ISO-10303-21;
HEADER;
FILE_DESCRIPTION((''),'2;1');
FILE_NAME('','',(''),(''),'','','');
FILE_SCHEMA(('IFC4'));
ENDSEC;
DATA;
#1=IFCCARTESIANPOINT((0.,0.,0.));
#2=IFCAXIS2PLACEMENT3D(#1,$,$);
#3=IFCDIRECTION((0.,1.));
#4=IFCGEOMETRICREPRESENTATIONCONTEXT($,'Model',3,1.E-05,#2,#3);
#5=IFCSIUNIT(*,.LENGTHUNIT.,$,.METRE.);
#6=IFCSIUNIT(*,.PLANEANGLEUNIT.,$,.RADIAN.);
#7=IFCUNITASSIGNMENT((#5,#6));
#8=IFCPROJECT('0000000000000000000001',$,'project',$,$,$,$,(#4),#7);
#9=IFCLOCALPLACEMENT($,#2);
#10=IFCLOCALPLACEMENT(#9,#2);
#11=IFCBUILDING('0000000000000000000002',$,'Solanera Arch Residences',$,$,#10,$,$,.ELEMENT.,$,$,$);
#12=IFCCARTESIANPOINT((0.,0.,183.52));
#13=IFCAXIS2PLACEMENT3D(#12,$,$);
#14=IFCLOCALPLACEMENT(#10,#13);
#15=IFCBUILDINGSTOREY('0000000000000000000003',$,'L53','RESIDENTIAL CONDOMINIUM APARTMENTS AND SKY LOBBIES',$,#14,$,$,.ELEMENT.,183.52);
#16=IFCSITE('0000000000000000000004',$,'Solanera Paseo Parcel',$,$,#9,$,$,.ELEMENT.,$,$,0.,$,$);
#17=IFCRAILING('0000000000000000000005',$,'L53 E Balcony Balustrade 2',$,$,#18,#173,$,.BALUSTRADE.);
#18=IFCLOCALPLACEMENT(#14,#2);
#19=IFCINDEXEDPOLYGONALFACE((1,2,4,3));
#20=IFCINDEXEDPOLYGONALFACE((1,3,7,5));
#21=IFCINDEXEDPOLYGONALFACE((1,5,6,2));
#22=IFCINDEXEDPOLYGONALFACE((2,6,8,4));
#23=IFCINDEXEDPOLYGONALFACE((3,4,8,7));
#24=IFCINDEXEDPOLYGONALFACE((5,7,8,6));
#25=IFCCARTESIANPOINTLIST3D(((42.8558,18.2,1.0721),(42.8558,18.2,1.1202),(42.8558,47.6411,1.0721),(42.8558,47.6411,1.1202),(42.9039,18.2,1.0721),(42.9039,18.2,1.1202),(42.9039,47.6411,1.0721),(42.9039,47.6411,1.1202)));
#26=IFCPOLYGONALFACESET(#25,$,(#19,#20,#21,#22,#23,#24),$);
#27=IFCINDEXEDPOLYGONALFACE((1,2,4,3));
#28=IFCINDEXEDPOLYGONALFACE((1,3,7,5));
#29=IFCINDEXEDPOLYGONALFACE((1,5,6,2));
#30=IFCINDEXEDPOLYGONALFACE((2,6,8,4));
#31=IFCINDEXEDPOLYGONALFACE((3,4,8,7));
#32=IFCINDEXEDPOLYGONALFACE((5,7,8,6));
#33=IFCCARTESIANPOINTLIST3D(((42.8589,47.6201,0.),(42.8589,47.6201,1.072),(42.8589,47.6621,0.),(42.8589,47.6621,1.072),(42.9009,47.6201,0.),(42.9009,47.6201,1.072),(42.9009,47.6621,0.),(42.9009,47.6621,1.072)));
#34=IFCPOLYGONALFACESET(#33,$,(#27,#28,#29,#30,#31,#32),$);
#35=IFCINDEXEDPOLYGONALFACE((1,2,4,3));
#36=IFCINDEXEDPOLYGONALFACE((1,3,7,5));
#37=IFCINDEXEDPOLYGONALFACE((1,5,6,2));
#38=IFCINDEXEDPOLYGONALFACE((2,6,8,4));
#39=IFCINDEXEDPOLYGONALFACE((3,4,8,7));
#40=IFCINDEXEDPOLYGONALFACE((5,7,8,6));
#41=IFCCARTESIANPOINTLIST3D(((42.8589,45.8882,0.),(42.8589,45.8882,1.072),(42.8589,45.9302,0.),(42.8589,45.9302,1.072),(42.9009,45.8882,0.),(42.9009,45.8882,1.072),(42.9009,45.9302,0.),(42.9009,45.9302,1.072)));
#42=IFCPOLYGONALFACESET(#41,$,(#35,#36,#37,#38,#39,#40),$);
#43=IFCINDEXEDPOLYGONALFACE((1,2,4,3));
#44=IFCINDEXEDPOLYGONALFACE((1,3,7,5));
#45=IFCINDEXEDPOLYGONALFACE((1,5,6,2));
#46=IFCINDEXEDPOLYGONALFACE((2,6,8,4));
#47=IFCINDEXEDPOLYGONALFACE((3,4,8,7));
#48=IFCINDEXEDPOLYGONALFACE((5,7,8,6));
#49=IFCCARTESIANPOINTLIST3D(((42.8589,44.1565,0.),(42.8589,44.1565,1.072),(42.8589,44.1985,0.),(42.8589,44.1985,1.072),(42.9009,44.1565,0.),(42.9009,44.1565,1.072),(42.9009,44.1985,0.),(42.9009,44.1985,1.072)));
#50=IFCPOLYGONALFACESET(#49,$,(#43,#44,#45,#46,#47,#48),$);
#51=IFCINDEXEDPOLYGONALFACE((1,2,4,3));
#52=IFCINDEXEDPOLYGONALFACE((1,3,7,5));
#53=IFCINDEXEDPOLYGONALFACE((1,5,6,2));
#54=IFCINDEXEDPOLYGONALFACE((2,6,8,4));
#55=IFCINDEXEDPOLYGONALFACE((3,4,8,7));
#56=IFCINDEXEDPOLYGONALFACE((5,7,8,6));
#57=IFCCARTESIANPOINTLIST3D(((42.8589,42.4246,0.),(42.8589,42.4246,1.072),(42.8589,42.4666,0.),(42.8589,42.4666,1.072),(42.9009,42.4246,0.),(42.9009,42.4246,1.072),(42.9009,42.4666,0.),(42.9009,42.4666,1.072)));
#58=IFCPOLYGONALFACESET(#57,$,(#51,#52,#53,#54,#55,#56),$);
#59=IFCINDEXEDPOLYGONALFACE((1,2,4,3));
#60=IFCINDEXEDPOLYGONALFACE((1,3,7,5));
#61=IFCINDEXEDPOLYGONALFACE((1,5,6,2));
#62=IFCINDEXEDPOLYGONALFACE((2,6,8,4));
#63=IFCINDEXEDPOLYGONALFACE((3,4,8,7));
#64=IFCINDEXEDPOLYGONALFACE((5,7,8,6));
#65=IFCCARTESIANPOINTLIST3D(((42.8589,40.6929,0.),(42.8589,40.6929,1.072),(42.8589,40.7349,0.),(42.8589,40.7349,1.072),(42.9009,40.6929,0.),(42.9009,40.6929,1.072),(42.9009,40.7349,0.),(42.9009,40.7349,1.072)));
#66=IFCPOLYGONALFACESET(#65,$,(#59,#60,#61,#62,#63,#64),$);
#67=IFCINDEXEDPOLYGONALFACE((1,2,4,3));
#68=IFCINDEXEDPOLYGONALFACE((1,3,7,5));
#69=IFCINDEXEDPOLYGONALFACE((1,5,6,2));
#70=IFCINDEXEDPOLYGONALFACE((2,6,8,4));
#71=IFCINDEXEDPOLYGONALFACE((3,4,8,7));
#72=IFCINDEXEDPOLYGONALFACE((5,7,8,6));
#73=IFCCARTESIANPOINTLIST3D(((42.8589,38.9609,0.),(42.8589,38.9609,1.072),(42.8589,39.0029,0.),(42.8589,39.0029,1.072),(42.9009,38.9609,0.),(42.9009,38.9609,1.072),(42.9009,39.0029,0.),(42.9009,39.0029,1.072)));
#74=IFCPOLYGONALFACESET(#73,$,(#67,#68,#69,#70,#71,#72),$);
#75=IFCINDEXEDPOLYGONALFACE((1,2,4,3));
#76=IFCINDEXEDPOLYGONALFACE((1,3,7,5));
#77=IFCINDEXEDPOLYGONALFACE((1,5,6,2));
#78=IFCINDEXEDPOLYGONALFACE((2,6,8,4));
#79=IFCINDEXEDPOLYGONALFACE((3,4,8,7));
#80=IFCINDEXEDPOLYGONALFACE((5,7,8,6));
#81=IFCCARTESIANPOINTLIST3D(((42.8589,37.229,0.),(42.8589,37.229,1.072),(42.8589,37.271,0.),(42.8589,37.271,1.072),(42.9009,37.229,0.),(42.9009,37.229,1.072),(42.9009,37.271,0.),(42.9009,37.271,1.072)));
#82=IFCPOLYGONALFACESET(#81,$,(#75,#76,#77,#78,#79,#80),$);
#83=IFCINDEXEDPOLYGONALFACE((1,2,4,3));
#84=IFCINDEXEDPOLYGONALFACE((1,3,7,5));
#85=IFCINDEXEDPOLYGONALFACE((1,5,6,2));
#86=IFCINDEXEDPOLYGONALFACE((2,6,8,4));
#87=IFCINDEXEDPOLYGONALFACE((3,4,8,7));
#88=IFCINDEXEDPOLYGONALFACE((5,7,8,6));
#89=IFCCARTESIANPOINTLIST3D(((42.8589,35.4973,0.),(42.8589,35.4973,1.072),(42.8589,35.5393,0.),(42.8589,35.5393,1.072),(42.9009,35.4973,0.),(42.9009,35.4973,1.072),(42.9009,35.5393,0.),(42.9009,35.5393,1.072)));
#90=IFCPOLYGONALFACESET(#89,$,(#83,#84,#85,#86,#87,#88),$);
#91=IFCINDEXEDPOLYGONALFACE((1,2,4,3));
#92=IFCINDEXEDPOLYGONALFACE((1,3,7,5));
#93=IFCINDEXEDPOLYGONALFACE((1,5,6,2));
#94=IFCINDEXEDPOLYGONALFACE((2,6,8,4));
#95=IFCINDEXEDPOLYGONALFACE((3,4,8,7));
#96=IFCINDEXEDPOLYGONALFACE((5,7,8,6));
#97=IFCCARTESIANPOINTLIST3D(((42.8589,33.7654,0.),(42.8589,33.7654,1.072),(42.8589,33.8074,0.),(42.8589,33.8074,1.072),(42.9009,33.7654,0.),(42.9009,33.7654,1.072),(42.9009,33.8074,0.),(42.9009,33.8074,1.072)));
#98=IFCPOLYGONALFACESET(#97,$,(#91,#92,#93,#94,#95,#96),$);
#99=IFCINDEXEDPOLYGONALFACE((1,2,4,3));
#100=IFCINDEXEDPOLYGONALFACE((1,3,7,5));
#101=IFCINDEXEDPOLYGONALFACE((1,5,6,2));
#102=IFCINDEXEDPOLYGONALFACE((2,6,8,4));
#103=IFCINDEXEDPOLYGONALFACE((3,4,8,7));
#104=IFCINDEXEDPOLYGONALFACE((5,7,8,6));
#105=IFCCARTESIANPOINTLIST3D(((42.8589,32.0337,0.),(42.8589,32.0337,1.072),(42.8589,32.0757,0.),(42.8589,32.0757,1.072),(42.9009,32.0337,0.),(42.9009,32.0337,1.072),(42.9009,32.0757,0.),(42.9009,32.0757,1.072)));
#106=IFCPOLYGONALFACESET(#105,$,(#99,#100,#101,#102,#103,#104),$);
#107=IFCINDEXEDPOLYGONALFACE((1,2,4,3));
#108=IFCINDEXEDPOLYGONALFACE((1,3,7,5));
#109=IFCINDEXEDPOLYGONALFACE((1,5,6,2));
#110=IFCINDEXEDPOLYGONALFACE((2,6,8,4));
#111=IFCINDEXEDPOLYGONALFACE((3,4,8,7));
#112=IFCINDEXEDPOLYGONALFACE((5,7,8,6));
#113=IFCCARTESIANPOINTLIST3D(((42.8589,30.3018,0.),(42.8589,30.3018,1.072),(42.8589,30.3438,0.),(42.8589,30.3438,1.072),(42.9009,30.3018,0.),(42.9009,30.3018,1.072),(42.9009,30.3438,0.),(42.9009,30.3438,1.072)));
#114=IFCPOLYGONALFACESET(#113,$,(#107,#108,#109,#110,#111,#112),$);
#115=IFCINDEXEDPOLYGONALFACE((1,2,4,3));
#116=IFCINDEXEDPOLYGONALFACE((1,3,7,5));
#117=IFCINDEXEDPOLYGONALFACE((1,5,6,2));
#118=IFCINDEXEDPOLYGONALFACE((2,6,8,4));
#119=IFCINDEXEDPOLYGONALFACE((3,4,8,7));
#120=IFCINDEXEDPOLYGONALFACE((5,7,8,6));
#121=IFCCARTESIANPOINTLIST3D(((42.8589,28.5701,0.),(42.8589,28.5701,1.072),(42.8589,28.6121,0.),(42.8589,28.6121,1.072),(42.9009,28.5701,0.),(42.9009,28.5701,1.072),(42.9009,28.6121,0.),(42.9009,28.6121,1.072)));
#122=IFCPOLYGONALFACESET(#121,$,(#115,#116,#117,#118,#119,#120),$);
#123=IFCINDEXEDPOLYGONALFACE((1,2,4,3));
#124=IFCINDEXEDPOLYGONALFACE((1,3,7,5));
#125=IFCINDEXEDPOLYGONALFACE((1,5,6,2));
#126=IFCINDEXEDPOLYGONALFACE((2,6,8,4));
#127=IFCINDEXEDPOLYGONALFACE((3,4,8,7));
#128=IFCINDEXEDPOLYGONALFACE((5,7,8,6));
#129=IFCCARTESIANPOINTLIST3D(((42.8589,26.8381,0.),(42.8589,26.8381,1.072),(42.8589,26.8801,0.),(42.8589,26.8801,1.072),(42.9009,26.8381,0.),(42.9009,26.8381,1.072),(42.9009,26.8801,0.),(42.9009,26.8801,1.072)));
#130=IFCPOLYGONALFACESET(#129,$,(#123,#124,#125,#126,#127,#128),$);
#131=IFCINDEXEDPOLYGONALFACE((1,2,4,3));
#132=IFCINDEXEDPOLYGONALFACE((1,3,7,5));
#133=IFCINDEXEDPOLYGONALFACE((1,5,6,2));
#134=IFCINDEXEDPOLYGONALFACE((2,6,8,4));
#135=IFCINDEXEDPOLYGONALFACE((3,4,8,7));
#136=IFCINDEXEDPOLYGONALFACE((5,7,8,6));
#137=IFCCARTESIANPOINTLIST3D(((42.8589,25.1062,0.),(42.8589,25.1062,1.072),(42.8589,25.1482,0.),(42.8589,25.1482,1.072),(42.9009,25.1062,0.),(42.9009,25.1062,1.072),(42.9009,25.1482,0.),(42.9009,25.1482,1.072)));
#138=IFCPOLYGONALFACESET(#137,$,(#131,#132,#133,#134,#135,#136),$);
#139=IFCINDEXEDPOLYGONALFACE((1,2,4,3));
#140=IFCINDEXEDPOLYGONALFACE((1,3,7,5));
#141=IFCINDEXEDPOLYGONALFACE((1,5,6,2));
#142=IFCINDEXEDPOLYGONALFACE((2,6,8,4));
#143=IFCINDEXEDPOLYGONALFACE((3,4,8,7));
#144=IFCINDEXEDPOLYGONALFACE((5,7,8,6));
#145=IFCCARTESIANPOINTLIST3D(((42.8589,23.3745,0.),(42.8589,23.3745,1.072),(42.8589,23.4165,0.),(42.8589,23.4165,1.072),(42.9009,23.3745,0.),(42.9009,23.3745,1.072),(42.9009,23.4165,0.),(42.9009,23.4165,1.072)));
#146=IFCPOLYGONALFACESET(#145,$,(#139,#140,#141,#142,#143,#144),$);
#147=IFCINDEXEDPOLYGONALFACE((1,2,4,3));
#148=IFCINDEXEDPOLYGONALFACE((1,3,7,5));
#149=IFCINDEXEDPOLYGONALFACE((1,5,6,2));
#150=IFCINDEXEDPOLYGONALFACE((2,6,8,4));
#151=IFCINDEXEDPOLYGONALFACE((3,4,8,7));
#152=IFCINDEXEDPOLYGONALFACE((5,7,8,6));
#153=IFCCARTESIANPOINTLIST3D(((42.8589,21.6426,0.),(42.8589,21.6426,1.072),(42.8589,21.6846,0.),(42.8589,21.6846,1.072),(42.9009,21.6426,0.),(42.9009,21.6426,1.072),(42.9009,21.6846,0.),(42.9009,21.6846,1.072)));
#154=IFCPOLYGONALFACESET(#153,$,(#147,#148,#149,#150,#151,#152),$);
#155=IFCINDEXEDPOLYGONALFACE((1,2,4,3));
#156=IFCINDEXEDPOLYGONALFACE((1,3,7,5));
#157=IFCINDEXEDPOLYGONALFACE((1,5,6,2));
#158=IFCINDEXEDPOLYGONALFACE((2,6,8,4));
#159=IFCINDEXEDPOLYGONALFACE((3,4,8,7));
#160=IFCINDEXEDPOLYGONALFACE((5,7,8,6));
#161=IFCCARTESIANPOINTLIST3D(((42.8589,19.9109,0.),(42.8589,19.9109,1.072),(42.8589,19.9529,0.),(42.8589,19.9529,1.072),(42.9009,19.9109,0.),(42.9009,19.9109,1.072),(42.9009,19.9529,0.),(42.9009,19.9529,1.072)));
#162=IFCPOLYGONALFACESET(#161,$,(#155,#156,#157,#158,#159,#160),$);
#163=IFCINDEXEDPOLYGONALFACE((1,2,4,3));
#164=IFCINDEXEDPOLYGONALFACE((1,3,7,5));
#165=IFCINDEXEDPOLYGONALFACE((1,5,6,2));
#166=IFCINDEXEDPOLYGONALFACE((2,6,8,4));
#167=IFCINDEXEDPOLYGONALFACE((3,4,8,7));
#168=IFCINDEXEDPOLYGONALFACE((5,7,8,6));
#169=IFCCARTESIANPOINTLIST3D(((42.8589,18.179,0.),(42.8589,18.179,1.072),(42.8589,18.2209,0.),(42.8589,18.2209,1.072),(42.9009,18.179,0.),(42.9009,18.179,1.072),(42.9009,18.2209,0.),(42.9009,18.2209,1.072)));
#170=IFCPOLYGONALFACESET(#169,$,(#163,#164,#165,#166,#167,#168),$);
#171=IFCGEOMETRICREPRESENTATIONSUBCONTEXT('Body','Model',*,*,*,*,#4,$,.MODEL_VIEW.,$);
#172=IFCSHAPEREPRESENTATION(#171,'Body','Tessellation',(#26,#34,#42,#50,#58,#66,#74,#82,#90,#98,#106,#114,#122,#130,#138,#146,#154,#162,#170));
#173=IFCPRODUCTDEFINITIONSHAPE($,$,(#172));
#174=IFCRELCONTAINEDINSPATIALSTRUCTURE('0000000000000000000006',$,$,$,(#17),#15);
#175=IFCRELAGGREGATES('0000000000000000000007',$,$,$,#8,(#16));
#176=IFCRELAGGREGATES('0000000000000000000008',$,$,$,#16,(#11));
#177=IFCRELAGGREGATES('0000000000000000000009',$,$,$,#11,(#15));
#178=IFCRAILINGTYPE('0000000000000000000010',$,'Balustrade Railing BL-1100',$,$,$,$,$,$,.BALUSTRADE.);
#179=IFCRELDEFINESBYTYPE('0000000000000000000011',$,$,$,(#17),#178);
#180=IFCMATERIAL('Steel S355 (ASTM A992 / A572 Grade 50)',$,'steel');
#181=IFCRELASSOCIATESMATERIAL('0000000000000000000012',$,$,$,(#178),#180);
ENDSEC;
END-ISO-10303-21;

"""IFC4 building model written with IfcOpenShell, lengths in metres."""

from ifc_helpers import new_model, si_unit, direction, frame, origin, origin_2d, place, context, subcontext, project, spatial, rectangle, extrude, material, type_object, element, save


model = new_model("IFC4")

# Units and contexts
model_context = context("Model", 3, precision=1e-05, world=origin(), true_north=direction((0.0, 1.0)))
body_context = subcontext(model_context, "Body", "Model", "MODEL_VIEW")
ifc_project = project(units=[si_unit("LENGTHUNIT", "METRE"), si_unit("PLANEANGLEUNIT", "RADIAN")], contexts=[model_context])

# Site, building, storey
site_placement = place(None, origin())
site = spatial("IfcSite", under=ifc_project, at=site_placement, Name="Solanera Paseo Parcel", CompositionType="ELEMENT", RefElevation=0.0)
building_placement = place(site_placement, origin())
building = spatial("IfcBuilding", under=site, at=building_placement, Name="Solanera Arch Residences", CompositionType="ELEMENT")
storey_placement = place(building_placement, frame((0.0, 0.0, 183.52)))
storey = spatial("IfcBuildingStorey", under=building, at=storey_placement, Name="L53", Description="RESIDENTIAL CONDOMINIUM APARTMENTS AND SKY LOBBIES", CompositionType="ELEMENT", Elevation=183.52)

# Railing
ifc_material_1 = material(Name="Steel S355 (ASTM A992 / A572 Grade 50)", Category="steel")
railing_type = type_object("IfcRailingType", Name="Balustrade Railing BL-1100", PredefinedType="BALUSTRADE", material=ifc_material_1)
railing_1_placement = place(storey_placement, frame((42.8799, 47.6411, 0.0)))
element("IfcRailing", 1, at=railing_1_placement, inside=storey, type_object=railing_type, Name="L53 E Balcony Balustrade 2", PredefinedType="BALUSTRADE", context=body_context, shape_type="SweptSolid", body=[
    extrude(rectangle(XDim=0.0481, YDim=0.0481, at=origin_2d()), frame((0.0, 0.0, 1.0962), z_axis=(0.0, -1.0, 0.0), x_axis=(1.0, 0.0, 0.0)), (0.0, 0.0, 1.0), 29.4412),
    extrude(rectangle(XDim=0.042, YDim=0.042, at=origin_2d()), origin(), (0.0, 0.0, 1.0), 1.072),
    extrude(rectangle(XDim=0.042, YDim=0.042, at=origin_2d()), frame((0.0, -1.7319, 0.0)), (0.0, 0.0, 1.0), 1.072),
    extrude(rectangle(XDim=0.042, YDim=0.042, at=origin_2d()), frame((0.0, -3.4636, 0.0)), (0.0, 0.0, 1.0), 1.072),
    extrude(rectangle(XDim=0.042, YDim=0.042, at=origin_2d()), frame((0.0, -5.1956, 0.0)), (0.0, 0.0, 1.0), 1.072),
    extrude(rectangle(XDim=0.042, YDim=0.042, at=origin_2d()), frame((0.0, -6.9272, 0.0)), (0.0, 0.0, 1.0), 1.072),
    extrude(rectangle(XDim=0.042, YDim=0.042, at=origin_2d()), frame((0.0, -8.6592, 0.0)), (0.0, 0.0, 1.0), 1.072),
    extrude(rectangle(XDim=0.042, YDim=0.042, at=origin_2d()), frame((0.0, -10.3911, 0.0)), (0.0, 0.0, 1.0), 1.072),
    extrude(rectangle(XDim=0.042, YDim=0.042, at=origin_2d()), frame((0.0, -12.1228, 0.0)), (0.0, 0.0, 1.0), 1.072),
    extrude(rectangle(XDim=0.042, YDim=0.042, at=origin_2d()), frame((0.0, -13.8547, 0.0)), (0.0, 0.0, 1.0), 1.072),
    extrude(rectangle(XDim=0.042, YDim=0.042, at=origin_2d()), frame((0.0, -15.5864, 0.0)), (0.0, 0.0, 1.0), 1.072),
    extrude(rectangle(XDim=0.042, YDim=0.042, at=origin_2d()), frame((0.0, -17.3184, 0.0)), (0.0, 0.0, 1.0), 1.072),
    extrude(rectangle(XDim=0.042, YDim=0.042, at=origin_2d()), frame((0.0, -19.05, 0.0)), (0.0, 0.0, 1.0), 1.072),
    extrude(rectangle(XDim=0.042, YDim=0.042, at=origin_2d()), frame((0.0, -20.782, 0.0)), (0.0, 0.0, 1.0), 1.072),
    extrude(rectangle(XDim=0.042, YDim=0.042, at=origin_2d()), frame((0.0, -22.5139, 0.0)), (0.0, 0.0, 1.0), 1.072),
    extrude(rectangle(XDim=0.042, YDim=0.042, at=origin_2d()), frame((0.0, -24.2456, 0.0)), (0.0, 0.0, 1.0), 1.072),
    extrude(rectangle(XDim=0.042, YDim=0.042, at=origin_2d()), frame((0.0, -25.9775, 0.0)), (0.0, 0.0, 1.0), 1.072),
    extrude(rectangle(XDim=0.042, YDim=0.042, at=origin_2d()), frame((0.0, -27.7092, 0.0)), (0.0, 0.0, 1.0), 1.072),
    extrude(rectangle(XDim=0.042, YDim=0.042, at=origin_2d()), frame((0.0, -29.4412, 0.0)), (0.0, 0.0, 1.0), 1.072),
])

save(model, "model.ifc")
